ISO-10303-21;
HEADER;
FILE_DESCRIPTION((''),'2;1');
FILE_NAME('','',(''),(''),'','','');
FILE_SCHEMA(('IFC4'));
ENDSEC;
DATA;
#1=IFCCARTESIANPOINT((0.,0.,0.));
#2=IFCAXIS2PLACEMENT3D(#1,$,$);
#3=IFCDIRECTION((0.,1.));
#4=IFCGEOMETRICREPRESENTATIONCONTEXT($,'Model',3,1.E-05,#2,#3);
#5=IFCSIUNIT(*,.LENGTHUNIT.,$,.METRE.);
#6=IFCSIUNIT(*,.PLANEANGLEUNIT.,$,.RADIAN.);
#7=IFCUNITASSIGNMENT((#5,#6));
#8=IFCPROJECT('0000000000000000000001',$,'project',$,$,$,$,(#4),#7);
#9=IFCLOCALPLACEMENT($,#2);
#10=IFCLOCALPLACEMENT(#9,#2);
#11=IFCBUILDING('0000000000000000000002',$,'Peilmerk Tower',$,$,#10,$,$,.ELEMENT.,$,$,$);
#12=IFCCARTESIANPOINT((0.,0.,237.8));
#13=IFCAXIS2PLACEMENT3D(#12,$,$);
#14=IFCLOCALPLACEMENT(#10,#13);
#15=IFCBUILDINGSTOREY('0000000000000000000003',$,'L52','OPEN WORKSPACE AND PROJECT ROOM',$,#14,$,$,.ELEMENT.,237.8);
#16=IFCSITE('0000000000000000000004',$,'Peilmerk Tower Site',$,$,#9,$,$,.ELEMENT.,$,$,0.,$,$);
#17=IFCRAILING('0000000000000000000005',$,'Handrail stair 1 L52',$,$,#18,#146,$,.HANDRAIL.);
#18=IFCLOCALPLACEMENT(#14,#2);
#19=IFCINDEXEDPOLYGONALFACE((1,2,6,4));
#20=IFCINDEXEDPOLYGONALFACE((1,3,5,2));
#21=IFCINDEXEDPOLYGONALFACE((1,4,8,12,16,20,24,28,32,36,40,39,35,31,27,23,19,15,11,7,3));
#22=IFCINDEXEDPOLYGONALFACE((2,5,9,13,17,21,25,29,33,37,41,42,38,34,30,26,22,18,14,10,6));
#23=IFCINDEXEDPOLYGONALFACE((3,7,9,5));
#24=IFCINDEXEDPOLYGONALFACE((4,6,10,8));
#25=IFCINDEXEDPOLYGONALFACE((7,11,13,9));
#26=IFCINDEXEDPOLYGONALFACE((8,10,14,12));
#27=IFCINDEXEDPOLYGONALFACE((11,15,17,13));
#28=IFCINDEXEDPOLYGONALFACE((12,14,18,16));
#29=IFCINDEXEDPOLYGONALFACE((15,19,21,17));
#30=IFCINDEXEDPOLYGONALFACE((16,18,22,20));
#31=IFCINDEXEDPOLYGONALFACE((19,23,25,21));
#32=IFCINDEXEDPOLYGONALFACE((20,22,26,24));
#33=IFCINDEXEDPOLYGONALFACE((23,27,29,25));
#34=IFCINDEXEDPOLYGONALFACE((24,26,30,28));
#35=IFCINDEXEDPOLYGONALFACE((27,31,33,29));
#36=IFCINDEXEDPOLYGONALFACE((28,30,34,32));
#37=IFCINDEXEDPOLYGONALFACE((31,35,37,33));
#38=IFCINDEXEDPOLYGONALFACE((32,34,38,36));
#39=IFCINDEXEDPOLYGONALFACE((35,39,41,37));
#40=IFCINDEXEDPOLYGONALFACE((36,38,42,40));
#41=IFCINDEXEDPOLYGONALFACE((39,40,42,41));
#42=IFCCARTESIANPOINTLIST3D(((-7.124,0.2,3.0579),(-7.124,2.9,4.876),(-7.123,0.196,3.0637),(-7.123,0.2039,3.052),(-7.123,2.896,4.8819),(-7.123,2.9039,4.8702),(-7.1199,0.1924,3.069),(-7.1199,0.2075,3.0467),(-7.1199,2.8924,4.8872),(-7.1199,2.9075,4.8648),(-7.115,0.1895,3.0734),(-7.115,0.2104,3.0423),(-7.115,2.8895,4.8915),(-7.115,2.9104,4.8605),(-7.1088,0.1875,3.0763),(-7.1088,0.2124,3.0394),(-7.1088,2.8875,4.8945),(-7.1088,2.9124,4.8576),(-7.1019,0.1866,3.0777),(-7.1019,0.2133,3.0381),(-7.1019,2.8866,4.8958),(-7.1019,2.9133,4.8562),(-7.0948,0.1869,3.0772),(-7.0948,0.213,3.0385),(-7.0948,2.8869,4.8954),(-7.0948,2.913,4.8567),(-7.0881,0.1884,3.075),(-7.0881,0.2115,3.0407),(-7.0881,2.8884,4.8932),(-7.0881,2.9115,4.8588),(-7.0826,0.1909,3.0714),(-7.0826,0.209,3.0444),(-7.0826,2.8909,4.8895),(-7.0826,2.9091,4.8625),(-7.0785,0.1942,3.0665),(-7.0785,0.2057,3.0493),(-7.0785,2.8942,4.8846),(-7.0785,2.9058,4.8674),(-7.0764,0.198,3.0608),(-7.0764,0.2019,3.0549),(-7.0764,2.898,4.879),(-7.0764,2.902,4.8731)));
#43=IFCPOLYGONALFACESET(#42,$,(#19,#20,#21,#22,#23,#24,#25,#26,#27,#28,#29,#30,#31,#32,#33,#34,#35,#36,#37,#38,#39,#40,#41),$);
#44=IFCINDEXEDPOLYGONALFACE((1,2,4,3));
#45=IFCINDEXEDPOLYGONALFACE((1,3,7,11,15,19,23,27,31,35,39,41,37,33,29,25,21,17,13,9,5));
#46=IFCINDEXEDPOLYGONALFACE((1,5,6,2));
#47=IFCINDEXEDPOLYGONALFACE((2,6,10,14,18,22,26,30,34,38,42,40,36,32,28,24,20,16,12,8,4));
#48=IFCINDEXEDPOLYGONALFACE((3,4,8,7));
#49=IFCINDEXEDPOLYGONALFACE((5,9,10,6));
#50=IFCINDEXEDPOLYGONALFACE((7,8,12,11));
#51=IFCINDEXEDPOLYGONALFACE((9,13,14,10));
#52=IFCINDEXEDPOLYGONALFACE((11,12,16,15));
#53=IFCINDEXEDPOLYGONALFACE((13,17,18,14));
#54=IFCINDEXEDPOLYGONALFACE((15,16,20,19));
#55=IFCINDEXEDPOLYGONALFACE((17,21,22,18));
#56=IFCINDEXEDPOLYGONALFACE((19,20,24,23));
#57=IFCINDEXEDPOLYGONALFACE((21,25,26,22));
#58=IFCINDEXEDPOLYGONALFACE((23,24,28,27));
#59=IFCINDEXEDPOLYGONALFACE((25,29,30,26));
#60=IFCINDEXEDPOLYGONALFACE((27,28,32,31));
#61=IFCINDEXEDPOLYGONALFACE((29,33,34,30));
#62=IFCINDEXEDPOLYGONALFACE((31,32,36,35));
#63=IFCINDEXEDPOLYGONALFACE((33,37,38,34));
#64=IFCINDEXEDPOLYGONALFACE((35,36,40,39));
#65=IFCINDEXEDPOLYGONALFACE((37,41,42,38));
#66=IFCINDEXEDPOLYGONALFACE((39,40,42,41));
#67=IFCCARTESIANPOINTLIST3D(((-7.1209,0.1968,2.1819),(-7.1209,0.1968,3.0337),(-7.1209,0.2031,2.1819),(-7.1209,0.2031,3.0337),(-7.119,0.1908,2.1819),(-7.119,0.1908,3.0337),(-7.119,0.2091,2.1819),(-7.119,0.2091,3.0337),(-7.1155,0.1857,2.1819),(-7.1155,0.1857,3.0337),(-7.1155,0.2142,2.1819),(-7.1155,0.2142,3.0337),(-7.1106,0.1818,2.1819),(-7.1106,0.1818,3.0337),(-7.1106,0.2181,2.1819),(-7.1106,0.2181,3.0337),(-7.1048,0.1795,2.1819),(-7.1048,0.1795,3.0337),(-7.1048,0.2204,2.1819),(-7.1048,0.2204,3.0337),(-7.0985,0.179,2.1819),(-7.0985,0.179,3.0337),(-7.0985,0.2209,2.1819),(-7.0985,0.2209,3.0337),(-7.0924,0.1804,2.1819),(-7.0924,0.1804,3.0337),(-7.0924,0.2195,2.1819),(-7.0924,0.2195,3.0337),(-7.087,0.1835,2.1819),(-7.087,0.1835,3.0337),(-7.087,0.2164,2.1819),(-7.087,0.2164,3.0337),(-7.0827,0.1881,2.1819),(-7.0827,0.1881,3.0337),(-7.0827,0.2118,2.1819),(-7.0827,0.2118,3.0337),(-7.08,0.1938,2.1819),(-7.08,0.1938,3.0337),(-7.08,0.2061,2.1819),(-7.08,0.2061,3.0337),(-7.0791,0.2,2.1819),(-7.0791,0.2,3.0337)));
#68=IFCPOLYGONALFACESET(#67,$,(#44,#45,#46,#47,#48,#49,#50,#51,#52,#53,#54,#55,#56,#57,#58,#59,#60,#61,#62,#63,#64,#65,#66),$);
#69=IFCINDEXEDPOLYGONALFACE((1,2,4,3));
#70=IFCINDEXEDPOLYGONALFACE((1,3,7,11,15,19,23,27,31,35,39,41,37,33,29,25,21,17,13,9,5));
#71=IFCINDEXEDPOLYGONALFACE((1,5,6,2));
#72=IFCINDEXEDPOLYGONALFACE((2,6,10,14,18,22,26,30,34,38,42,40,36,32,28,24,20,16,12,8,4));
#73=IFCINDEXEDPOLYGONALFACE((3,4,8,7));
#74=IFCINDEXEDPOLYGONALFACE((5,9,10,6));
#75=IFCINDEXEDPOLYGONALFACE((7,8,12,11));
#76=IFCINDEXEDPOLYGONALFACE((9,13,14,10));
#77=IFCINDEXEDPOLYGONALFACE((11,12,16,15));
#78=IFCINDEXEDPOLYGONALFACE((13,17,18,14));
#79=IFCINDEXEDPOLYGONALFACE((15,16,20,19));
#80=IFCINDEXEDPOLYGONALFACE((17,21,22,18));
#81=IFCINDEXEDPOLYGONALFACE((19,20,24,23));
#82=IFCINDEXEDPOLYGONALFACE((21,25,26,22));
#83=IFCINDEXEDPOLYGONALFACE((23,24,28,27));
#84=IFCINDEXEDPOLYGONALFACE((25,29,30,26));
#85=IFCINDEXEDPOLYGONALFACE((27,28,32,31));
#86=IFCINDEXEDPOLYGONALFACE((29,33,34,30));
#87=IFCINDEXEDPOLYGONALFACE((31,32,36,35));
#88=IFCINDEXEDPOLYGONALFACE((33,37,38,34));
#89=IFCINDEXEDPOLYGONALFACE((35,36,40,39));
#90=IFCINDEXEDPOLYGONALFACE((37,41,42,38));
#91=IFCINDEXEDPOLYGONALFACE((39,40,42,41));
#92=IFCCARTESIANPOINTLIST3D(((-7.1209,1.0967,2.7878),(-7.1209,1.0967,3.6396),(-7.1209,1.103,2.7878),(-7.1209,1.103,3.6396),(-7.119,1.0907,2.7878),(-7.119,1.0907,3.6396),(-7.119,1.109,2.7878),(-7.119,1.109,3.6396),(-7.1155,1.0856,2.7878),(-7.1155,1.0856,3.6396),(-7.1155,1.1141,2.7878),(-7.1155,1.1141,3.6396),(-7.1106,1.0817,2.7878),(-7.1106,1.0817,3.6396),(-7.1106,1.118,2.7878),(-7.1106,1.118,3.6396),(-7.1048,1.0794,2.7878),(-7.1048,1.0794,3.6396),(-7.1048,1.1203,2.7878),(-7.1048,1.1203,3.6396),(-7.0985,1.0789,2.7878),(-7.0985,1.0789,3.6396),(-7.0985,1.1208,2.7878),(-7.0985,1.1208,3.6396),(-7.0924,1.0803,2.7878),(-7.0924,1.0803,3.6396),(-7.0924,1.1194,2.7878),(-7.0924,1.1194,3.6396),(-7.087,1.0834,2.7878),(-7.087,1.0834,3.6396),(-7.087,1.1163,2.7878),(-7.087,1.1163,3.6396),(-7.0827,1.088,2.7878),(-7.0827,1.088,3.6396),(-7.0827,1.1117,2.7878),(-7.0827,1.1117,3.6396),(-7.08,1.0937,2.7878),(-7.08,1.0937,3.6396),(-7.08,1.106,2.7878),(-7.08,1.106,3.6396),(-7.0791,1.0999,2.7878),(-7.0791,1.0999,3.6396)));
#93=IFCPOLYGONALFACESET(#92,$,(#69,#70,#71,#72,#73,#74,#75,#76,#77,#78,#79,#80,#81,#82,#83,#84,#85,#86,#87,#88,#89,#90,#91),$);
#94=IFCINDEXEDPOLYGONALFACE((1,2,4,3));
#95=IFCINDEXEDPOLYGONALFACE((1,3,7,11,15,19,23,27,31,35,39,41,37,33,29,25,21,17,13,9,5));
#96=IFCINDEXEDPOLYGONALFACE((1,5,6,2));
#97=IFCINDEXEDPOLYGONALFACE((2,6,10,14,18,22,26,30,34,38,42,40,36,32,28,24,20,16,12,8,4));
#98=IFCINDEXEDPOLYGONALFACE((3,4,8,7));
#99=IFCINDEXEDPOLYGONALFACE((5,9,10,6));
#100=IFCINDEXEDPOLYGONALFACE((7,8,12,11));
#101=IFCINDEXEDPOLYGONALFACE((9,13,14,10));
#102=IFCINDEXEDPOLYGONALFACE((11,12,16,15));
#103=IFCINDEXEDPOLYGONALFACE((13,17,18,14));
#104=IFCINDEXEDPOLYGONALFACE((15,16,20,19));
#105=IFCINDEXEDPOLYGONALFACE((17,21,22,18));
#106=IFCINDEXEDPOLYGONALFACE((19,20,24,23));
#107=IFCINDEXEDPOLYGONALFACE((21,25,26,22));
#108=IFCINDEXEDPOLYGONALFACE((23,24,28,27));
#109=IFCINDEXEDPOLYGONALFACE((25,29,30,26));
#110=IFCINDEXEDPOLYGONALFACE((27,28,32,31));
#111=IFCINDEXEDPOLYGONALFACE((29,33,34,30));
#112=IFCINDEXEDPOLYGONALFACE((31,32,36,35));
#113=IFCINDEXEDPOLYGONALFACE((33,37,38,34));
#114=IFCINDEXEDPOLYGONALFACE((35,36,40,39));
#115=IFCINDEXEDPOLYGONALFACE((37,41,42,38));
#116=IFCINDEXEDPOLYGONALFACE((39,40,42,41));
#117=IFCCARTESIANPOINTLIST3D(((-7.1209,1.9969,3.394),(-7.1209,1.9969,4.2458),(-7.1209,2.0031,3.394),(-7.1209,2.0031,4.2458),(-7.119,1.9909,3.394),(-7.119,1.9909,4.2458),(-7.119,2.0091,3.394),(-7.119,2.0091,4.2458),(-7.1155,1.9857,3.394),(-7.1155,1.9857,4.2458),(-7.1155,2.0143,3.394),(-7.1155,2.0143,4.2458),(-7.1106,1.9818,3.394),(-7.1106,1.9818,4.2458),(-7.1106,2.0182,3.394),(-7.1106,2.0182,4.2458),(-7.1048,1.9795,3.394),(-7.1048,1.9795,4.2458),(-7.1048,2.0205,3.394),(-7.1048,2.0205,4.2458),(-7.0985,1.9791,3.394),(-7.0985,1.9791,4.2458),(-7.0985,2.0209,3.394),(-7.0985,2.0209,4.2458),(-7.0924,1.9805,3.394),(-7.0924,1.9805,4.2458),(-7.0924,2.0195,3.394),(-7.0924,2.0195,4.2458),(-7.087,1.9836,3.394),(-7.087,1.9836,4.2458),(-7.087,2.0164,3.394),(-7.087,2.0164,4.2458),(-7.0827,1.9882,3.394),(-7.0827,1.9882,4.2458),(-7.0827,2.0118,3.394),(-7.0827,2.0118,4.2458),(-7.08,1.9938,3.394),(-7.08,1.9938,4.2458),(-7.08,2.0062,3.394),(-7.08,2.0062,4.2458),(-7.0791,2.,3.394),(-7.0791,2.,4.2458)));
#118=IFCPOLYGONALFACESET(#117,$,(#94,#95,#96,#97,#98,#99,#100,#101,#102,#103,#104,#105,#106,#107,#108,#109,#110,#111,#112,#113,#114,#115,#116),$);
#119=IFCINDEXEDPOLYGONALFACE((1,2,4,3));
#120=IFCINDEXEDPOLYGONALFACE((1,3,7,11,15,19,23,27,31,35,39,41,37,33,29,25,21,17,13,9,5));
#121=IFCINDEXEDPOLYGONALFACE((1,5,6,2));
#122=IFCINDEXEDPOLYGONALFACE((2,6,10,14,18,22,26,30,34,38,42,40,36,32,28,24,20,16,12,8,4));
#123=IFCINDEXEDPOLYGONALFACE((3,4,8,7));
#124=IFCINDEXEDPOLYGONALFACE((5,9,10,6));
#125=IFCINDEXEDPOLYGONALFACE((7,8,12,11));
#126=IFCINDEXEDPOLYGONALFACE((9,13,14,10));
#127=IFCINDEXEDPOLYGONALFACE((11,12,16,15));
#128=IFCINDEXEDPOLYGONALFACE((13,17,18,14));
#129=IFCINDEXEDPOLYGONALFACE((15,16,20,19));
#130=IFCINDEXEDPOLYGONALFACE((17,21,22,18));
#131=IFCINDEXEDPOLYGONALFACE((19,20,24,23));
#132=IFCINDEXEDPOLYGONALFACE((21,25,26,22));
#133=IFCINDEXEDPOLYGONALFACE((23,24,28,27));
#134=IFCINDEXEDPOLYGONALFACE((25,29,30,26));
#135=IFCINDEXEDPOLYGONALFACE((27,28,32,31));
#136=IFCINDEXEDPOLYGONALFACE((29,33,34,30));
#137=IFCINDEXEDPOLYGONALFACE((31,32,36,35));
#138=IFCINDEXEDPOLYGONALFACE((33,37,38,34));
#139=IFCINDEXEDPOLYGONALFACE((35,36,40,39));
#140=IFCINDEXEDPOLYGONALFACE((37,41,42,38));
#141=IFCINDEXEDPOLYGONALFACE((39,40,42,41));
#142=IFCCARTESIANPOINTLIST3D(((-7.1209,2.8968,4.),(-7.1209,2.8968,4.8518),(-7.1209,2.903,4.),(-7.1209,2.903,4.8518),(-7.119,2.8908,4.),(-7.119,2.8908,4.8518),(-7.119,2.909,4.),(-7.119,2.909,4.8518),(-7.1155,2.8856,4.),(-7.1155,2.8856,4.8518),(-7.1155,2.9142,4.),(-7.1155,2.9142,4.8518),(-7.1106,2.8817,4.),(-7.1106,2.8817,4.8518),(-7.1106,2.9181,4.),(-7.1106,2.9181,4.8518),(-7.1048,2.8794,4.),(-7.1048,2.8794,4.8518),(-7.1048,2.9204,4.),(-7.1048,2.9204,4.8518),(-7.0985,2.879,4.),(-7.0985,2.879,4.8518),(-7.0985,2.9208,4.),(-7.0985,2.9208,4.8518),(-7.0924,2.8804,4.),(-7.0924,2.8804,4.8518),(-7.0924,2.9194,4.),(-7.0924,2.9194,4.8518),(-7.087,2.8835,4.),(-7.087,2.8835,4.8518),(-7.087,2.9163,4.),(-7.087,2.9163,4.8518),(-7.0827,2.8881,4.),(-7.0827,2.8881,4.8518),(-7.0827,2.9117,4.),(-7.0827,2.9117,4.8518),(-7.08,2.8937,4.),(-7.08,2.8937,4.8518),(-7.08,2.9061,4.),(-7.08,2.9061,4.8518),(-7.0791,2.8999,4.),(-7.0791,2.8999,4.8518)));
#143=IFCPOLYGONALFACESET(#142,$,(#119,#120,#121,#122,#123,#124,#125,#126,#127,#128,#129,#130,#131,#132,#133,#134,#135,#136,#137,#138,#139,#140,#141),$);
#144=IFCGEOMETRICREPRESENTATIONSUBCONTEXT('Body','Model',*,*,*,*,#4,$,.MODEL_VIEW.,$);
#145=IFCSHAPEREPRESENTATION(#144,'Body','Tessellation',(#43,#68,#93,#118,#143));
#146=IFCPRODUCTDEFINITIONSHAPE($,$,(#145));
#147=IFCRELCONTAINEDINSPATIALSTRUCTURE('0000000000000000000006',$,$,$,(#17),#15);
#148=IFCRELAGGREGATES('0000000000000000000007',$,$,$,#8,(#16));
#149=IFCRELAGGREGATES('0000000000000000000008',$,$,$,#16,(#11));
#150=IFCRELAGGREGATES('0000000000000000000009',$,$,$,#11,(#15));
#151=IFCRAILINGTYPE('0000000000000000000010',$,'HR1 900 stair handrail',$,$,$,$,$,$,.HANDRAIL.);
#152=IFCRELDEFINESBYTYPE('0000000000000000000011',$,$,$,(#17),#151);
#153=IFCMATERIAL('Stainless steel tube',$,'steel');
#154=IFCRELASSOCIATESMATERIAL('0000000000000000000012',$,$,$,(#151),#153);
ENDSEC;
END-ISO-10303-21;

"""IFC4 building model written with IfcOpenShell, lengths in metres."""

from ifc_helpers import new_model, si_unit, direction, frame, origin, origin_2d, place, context, subcontext, project, spatial, circle, extrude, material, type_object, element, save


model = new_model("IFC4")

# Units and contexts
model_context = context("Model", 3, precision=1e-05, world=origin(), true_north=direction((0.0, 1.0)))
body_context = subcontext(model_context, "Body", "Model", "MODEL_VIEW")
ifc_project = project(units=[si_unit("LENGTHUNIT", "METRE"), si_unit("PLANEANGLEUNIT", "RADIAN")], contexts=[model_context])

# Site, building, storey
site_placement = place(None, origin())
site = spatial("IfcSite", under=ifc_project, at=site_placement, Name="Peilmerk Tower Site", CompositionType="ELEMENT", RefElevation=0.0)
building_placement = place(site_placement, origin())
building = spatial("IfcBuilding", under=site, at=building_placement, Name="Peilmerk Tower", CompositionType="ELEMENT")
storey_placement = place(building_placement, frame((0.0, 0.0, 237.8)))
storey = spatial("IfcBuildingStorey", under=building, at=storey_placement, Name="L52", Description="OPEN WORKSPACE AND PROJECT ROOM", CompositionType="ELEMENT", Elevation=237.8)

# Railing
ifc_material_1 = material(Name="Stainless steel tube", Category="steel")
railing_type_1 = type_object("IfcRailingType", Name="HR1 900 stair handrail", PredefinedType="HANDRAIL", material=ifc_material_1)
railing_1_placement = place(storey_placement, frame((-7.1001, 0.2, 2.1819)))
element("IfcRailing", 1, at=railing_1_placement, inside=storey, type_object=railing_type_1, Name="Handrail stair 1 L52", PredefinedType="HANDRAIL", context=body_context, shape_type="SweptSolid", body=[
    extrude(circle(Radius=0.0239, at=origin_2d()), frame((0.0, 0.0, 0.876), z_axis=(0.0, 0.829468, 0.558554), x_axis=(-1.0, 0.0, 0.0)), (0.0, 0.0, 1.0), 3.2551),
    extrude(circle(Radius=0.021, at=origin_2d()), origin(), (0.0, 0.0, 1.0), 0.8518),
    extrude(circle(Radius=0.021, at=origin_2d()), frame((0.0, 0.8999, 0.606)), (0.0, 0.0, 1.0), 0.8518),
    extrude(circle(Radius=0.021, at=origin_2d()), frame((0.0, 1.8, 1.2122)), (0.0, 0.0, 1.0), 0.8518),
    extrude(circle(Radius=0.021, at=origin_2d()), frame((0.0, 2.7, 1.8181)), (0.0, 0.0, 1.0), 0.8518),
])

save(model, "model.ifc")
